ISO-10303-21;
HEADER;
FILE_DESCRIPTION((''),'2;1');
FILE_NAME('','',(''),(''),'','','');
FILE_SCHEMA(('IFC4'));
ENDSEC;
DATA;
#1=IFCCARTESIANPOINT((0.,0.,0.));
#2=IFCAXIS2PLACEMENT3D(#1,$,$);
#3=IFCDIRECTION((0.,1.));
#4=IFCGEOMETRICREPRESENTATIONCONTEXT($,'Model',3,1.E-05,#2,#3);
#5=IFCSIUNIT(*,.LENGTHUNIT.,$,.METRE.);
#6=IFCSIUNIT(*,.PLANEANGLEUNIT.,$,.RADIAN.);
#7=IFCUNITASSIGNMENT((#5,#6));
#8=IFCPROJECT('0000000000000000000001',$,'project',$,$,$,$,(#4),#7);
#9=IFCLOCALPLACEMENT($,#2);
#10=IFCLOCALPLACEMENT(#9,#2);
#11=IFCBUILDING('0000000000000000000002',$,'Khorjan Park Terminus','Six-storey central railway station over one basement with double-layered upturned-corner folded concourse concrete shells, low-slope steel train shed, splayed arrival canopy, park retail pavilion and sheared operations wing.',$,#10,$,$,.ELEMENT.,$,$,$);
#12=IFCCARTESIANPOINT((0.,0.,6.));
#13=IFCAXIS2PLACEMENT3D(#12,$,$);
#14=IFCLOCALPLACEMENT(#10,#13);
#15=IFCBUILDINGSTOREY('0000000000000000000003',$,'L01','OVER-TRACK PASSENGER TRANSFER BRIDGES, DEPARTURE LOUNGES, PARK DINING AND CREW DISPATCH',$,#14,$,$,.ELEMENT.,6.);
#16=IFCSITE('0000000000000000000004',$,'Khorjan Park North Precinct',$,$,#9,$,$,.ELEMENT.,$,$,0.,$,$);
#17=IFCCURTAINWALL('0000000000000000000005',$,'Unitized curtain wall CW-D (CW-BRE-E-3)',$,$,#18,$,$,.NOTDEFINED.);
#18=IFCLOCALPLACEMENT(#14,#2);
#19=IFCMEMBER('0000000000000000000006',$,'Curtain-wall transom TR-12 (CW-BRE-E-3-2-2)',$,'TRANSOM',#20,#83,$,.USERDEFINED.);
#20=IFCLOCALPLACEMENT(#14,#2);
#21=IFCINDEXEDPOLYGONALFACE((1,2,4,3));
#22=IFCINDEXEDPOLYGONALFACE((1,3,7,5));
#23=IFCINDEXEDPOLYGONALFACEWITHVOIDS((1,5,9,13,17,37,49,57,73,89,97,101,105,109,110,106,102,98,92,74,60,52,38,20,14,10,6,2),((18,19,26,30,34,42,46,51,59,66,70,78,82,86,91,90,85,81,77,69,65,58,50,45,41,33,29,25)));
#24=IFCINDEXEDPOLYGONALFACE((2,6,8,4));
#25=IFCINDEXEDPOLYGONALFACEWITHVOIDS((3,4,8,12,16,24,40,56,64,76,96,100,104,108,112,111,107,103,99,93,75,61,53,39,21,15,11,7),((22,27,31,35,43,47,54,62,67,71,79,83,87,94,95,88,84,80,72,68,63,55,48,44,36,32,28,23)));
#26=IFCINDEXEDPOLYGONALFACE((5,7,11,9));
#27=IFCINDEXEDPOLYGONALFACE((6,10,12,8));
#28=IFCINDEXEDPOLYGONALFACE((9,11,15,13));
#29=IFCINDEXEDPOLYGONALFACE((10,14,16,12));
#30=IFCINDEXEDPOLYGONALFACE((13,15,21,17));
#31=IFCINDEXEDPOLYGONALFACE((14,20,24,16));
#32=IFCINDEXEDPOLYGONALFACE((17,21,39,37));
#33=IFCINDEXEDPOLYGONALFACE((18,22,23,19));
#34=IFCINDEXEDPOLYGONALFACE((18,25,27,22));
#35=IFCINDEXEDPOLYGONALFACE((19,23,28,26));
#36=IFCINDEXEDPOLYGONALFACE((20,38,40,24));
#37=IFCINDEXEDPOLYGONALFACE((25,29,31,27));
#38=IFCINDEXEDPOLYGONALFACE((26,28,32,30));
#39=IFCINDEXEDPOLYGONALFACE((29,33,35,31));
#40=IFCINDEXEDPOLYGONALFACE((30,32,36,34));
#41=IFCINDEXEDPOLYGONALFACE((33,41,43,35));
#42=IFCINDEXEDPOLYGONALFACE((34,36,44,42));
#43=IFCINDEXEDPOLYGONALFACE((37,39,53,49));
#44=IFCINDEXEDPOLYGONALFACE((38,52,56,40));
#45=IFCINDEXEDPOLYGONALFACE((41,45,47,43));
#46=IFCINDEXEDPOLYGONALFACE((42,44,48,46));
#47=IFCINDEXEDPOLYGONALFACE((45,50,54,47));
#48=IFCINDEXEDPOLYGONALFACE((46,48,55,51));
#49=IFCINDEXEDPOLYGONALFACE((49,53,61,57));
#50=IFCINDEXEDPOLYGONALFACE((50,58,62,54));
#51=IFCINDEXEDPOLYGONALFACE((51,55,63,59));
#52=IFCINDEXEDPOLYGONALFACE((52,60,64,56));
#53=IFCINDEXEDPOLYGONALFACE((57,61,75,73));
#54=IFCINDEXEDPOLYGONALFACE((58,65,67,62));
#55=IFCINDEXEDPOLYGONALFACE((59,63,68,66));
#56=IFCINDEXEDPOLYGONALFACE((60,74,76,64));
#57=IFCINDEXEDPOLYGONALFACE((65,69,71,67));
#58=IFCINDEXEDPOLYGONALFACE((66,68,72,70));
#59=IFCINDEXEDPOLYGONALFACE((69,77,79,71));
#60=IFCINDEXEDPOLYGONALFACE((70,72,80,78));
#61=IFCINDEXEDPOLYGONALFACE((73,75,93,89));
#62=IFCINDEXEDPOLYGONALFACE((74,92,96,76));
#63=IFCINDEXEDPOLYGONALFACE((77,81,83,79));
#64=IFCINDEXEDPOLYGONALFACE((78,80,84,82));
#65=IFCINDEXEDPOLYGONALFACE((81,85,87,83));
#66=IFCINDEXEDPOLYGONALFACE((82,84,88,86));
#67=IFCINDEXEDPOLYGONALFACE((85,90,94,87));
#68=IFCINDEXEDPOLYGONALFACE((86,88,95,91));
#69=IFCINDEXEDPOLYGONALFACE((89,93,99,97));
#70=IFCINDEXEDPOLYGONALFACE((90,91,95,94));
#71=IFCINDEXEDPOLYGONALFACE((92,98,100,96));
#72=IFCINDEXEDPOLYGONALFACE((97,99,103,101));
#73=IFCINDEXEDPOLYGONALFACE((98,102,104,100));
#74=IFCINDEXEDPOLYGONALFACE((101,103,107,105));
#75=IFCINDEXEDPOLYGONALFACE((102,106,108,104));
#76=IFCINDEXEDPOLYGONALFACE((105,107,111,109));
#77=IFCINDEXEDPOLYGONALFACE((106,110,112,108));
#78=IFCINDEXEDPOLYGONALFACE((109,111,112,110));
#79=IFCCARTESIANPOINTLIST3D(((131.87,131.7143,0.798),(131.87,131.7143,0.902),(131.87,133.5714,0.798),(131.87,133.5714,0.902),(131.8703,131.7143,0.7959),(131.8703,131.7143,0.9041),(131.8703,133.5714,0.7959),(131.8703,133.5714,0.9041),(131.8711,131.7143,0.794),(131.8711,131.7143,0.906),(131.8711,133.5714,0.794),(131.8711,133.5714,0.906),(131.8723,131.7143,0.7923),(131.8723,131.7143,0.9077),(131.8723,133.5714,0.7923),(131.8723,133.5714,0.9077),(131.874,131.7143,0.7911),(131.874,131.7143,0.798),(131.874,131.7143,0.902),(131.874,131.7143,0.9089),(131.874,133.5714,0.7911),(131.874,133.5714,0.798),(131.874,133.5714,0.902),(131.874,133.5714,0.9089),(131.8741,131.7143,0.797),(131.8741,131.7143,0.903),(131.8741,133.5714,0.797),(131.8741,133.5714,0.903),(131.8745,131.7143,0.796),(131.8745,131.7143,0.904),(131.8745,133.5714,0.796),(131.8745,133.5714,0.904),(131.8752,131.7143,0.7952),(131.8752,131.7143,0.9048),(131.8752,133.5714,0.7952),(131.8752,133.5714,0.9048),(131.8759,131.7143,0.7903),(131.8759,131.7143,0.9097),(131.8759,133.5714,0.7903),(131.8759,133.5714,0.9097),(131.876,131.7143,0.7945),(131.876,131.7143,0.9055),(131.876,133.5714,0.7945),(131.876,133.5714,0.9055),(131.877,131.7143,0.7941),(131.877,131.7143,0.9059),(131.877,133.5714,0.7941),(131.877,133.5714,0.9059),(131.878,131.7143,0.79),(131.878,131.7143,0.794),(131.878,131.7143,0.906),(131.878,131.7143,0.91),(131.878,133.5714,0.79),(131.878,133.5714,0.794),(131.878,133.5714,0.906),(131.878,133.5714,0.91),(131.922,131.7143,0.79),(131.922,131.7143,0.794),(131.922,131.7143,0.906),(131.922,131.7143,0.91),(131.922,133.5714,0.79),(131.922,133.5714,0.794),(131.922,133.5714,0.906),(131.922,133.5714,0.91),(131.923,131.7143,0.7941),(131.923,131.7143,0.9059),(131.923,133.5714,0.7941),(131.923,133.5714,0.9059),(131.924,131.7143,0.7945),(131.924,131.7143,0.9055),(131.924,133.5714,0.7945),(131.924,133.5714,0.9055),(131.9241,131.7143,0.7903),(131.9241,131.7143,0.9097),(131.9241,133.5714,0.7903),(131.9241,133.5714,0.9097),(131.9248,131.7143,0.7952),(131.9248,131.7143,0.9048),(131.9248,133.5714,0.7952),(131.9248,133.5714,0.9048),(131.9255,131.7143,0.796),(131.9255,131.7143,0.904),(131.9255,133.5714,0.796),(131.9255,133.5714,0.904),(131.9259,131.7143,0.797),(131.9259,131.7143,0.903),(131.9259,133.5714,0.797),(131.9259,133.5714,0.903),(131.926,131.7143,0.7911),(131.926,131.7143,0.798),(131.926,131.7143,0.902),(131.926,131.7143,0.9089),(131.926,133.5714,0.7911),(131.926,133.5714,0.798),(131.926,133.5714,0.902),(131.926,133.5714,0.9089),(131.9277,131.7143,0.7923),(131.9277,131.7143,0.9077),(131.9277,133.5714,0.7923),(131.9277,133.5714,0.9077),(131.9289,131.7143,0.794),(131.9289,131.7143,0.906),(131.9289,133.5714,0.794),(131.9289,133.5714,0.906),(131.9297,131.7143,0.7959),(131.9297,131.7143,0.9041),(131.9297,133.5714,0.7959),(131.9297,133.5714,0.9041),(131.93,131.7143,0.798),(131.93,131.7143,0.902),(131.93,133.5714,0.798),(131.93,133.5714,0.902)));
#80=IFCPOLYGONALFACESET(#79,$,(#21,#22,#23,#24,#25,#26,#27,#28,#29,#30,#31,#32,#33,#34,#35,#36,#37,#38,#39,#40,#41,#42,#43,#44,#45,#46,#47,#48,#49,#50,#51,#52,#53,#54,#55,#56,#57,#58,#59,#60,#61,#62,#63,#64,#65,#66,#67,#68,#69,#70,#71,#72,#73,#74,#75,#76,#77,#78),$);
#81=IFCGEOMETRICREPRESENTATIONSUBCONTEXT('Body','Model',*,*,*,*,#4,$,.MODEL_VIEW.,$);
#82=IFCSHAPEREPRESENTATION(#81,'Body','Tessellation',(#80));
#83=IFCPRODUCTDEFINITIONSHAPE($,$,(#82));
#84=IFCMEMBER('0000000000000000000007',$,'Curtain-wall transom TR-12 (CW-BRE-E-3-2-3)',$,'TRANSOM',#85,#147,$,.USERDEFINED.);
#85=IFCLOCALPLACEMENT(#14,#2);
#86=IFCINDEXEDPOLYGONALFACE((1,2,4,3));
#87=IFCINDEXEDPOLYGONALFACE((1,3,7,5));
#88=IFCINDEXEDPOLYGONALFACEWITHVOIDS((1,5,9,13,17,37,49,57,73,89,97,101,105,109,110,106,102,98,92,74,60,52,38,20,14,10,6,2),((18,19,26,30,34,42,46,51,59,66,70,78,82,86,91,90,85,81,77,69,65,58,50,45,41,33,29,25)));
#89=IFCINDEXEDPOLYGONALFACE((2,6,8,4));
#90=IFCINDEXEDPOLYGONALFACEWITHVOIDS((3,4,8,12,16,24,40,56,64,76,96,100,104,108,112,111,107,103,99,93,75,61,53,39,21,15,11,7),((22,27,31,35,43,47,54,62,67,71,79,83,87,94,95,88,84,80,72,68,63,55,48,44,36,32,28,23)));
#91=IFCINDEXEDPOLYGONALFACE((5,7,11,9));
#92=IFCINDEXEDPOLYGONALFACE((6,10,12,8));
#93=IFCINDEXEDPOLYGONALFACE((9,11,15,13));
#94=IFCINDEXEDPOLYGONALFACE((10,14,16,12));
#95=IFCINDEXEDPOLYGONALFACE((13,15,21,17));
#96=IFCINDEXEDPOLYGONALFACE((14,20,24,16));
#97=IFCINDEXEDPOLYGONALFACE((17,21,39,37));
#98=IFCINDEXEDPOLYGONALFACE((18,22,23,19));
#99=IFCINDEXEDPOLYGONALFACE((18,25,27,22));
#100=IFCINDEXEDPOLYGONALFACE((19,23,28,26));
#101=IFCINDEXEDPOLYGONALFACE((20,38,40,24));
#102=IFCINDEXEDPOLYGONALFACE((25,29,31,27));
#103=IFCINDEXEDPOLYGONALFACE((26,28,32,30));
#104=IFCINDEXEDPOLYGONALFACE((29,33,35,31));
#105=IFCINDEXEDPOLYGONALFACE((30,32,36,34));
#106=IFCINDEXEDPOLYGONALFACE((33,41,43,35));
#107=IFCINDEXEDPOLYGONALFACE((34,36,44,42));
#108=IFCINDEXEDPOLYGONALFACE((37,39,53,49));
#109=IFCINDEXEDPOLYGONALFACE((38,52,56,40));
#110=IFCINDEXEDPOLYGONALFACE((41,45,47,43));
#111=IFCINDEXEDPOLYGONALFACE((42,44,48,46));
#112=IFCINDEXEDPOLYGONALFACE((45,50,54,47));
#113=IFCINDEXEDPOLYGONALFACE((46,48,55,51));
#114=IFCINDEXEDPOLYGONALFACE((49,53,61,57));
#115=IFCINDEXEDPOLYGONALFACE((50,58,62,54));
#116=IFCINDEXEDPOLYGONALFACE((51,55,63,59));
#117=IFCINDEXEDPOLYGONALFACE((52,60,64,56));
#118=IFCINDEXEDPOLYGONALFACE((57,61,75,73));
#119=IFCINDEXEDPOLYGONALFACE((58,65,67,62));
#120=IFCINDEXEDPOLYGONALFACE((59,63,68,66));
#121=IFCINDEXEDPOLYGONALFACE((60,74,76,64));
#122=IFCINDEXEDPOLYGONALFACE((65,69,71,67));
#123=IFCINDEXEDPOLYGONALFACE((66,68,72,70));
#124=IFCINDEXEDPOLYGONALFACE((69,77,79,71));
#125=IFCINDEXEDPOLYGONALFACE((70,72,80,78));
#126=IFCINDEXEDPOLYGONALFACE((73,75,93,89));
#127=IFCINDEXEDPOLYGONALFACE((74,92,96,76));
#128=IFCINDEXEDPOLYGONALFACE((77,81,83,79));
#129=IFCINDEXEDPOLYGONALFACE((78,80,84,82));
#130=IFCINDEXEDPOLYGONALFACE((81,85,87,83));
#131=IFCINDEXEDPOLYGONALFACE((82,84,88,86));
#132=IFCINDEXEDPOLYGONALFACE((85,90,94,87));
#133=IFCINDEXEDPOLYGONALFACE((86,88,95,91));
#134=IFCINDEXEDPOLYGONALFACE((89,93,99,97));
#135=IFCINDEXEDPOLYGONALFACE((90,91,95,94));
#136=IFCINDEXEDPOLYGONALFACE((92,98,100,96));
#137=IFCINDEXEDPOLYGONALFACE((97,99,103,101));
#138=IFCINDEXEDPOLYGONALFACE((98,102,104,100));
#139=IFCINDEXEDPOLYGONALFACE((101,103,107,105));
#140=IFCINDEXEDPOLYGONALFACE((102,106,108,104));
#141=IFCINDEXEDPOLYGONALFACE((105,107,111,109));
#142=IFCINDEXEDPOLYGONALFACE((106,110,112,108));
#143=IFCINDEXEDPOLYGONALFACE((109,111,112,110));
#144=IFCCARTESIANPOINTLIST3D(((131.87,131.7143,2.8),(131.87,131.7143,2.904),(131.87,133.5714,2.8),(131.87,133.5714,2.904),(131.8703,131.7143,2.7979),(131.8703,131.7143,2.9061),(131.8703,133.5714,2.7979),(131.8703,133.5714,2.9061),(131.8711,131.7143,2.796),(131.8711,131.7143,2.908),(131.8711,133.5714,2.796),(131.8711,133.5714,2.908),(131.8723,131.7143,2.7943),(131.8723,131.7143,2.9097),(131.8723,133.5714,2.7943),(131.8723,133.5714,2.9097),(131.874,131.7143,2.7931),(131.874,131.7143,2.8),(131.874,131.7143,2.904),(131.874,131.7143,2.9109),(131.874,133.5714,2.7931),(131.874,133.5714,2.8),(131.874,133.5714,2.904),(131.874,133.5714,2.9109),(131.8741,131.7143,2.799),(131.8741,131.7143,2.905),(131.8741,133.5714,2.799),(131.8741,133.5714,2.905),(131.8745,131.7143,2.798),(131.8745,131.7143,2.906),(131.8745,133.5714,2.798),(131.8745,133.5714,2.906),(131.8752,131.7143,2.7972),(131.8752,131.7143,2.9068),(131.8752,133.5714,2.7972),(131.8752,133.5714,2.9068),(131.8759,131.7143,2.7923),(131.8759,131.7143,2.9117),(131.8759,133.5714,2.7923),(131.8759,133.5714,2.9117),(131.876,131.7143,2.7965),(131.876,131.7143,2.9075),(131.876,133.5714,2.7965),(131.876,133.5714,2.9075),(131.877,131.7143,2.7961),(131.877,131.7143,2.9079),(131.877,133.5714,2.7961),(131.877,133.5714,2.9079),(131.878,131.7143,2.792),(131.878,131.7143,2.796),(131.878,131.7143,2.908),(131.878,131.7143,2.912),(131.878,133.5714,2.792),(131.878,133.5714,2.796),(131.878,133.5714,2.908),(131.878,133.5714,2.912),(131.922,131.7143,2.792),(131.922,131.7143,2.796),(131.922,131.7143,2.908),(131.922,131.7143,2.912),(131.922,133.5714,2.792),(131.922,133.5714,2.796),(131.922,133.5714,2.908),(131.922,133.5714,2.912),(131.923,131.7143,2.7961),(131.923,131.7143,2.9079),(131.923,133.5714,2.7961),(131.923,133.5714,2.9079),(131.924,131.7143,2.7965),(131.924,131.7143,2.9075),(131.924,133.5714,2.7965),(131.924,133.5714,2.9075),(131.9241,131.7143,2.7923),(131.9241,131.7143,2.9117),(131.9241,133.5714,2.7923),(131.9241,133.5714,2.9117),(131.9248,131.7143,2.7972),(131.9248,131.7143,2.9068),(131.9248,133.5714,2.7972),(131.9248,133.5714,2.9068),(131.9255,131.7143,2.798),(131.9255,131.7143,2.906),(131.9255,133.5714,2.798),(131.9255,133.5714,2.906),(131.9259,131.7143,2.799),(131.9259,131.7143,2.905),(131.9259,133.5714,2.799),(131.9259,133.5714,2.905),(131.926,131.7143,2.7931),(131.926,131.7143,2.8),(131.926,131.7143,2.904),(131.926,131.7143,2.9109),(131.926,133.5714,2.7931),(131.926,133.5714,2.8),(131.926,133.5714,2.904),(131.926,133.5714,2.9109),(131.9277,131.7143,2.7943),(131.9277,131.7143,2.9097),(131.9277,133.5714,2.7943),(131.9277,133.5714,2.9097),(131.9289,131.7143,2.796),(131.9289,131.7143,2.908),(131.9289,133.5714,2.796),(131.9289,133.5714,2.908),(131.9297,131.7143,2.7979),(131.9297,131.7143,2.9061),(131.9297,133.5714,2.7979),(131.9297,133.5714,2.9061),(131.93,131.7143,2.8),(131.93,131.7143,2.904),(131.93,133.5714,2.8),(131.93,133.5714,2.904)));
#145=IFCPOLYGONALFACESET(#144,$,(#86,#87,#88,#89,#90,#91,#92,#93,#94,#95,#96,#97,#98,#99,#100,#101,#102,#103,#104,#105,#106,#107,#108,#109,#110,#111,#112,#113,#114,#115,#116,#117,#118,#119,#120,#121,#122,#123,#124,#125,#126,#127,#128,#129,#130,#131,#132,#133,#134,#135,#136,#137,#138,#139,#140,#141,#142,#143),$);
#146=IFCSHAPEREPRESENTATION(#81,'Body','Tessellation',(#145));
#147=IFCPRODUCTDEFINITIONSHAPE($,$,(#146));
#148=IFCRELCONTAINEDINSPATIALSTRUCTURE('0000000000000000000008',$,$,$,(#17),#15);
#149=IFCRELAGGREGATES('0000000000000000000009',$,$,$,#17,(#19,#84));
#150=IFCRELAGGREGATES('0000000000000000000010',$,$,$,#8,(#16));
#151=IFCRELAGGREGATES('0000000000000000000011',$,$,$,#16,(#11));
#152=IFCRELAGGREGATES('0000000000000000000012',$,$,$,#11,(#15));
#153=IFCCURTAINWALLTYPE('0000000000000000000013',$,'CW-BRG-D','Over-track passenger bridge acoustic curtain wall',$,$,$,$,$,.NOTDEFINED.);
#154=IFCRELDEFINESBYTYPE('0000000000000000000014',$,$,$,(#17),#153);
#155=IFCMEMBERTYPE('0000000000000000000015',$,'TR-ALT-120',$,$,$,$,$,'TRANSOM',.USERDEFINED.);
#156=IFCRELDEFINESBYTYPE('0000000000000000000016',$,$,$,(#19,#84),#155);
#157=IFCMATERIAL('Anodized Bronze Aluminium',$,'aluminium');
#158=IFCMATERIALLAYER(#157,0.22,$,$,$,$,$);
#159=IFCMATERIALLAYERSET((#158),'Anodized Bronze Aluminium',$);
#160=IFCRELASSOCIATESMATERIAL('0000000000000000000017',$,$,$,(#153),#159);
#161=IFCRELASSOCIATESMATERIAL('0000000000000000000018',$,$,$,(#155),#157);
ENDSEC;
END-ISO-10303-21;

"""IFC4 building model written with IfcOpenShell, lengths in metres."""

from ifc_helpers import new_model, si_unit, direction, frame, origin, origin_2d, place, context, subcontext, project, spatial, hollow_rectangle, extrude, material, layer, layer_set, material_profile, profile_set, type_object, element, aggregate, save


model = new_model("IFC4")

# Units and contexts
model_context = context("Model", 3, precision=1e-05, world=origin(), true_north=direction((0.0, 1.0)))
body_context = subcontext(model_context, "Body", "Model", "MODEL_VIEW")
ifc_project = project(units=[si_unit("LENGTHUNIT", "METRE"), si_unit("PLANEANGLEUNIT", "RADIAN")], contexts=[model_context])

# Site, building, storey
site_placement = place(None, origin())
site = spatial("IfcSite", under=ifc_project, at=site_placement, Name="Khorjan Park North Precinct", CompositionType="ELEMENT", RefElevation=0.0)
building_placement = place(site_placement, origin())
building = spatial("IfcBuilding", under=site, at=building_placement, Name="Khorjan Park Terminus", Description="Six-storey central railway station over one basement with double-layered upturned-corner folded concourse concrete shells, low-slope steel train shed, splayed arrival canopy, park retail pavilion and sheared operations wing.", CompositionType="ELEMENT")
storey_placement = place(building_placement, frame((0.0, 0.0, 6.0)))
storey = spatial("IfcBuildingStorey", under=building, at=storey_placement, Name="L01", Description="OVER-TRACK PASSENGER TRANSFER BRIDGES, DEPARTURE LOUNGES, PARK DINING AND CREW DISPATCH", CompositionType="ELEMENT", Elevation=6.0)

# Curtain wall, members
ifc_material_1 = material(Name="Anodized Bronze Aluminium", Category="aluminium")
ifc_layer_1 = layer(ifc_material_1, 0.22)
ifc_layer_set_1 = layer_set([ifc_layer_1], Name="Anodized Bronze Aluminium")
curtain_wall_type = type_object("IfcCurtainWallType", Name="CW-BRG-D", Description="Over-track passenger bridge acoustic curtain wall", PredefinedType="NOTDEFINED", material=ifc_layer_set_1)
curtain_wall_placement = place(storey_placement, origin())
curtain_wall = element("IfcCurtainWall", 1, at=curtain_wall_placement, inside=storey, type_object=curtain_wall_type, Name="Unitized curtain wall CW-D (CW-BRE-E-3)", PredefinedType="NOTDEFINED")
ifc_material_profile_1 = material_profile(ifc_material_1, hollow_rectangle(XDim=0.06, YDim=0.12, WallThickness=0.004, InnerFilletRadius=0.004, OuterFilletRadius=0.008, at=origin_2d()), Name="ALT 60x120x4")
ifc_profile_set_1 = profile_set([ifc_material_profile_1], Name="Anodized Bronze Aluminium")
member_type_1 = type_object("IfcMemberType", Name="TR-ALT-120", ElementType="TRANSOM", PredefinedType="USERDEFINED", material=ifc_profile_set_1)
member_1_placement = place(storey_placement, frame((131.9, 131.7143, 0.85), z_axis=(0.0, 1.0, 0.0), x_axis=(-1.0, 0.0, 0.0)))
member_1 = element("IfcMember", 2, at=member_1_placement, type_object=member_type_1, Name="Curtain-wall transom TR-12 (CW-BRE-E-3-2-2)", ObjectType="TRANSOM", PredefinedType="USERDEFINED", context=body_context, shape_type="SweptSolid", body=[
    extrude(hollow_rectangle(XDim=0.06, YDim=0.12, WallThickness=0.004, InnerFilletRadius=0.004, OuterFilletRadius=0.008, at=origin_2d()), origin(), (0.0, 0.0, 1.0), 1.8571),
])
member_2_placement = place(storey_placement, frame((131.9, 131.7143, 2.852), z_axis=(0.0, 1.0, 0.0), x_axis=(-1.0, 0.0, 0.0)))
member_2 = element("IfcMember", 3, at=member_2_placement, type_object=member_type_1, Name="Curtain-wall transom TR-12 (CW-BRE-E-3-2-3)", ObjectType="TRANSOM", PredefinedType="USERDEFINED", context=body_context, shape_type="SweptSolid", body=[
    extrude(hollow_rectangle(XDim=0.06, YDim=0.12, WallThickness=0.004, InnerFilletRadius=0.004, OuterFilletRadius=0.008, at=origin_2d()), origin(), (0.0, 0.0, 1.0), 1.8571),
])
aggregate(curtain_wall, [member_1, member_2])

save(model, "model.ifc")
